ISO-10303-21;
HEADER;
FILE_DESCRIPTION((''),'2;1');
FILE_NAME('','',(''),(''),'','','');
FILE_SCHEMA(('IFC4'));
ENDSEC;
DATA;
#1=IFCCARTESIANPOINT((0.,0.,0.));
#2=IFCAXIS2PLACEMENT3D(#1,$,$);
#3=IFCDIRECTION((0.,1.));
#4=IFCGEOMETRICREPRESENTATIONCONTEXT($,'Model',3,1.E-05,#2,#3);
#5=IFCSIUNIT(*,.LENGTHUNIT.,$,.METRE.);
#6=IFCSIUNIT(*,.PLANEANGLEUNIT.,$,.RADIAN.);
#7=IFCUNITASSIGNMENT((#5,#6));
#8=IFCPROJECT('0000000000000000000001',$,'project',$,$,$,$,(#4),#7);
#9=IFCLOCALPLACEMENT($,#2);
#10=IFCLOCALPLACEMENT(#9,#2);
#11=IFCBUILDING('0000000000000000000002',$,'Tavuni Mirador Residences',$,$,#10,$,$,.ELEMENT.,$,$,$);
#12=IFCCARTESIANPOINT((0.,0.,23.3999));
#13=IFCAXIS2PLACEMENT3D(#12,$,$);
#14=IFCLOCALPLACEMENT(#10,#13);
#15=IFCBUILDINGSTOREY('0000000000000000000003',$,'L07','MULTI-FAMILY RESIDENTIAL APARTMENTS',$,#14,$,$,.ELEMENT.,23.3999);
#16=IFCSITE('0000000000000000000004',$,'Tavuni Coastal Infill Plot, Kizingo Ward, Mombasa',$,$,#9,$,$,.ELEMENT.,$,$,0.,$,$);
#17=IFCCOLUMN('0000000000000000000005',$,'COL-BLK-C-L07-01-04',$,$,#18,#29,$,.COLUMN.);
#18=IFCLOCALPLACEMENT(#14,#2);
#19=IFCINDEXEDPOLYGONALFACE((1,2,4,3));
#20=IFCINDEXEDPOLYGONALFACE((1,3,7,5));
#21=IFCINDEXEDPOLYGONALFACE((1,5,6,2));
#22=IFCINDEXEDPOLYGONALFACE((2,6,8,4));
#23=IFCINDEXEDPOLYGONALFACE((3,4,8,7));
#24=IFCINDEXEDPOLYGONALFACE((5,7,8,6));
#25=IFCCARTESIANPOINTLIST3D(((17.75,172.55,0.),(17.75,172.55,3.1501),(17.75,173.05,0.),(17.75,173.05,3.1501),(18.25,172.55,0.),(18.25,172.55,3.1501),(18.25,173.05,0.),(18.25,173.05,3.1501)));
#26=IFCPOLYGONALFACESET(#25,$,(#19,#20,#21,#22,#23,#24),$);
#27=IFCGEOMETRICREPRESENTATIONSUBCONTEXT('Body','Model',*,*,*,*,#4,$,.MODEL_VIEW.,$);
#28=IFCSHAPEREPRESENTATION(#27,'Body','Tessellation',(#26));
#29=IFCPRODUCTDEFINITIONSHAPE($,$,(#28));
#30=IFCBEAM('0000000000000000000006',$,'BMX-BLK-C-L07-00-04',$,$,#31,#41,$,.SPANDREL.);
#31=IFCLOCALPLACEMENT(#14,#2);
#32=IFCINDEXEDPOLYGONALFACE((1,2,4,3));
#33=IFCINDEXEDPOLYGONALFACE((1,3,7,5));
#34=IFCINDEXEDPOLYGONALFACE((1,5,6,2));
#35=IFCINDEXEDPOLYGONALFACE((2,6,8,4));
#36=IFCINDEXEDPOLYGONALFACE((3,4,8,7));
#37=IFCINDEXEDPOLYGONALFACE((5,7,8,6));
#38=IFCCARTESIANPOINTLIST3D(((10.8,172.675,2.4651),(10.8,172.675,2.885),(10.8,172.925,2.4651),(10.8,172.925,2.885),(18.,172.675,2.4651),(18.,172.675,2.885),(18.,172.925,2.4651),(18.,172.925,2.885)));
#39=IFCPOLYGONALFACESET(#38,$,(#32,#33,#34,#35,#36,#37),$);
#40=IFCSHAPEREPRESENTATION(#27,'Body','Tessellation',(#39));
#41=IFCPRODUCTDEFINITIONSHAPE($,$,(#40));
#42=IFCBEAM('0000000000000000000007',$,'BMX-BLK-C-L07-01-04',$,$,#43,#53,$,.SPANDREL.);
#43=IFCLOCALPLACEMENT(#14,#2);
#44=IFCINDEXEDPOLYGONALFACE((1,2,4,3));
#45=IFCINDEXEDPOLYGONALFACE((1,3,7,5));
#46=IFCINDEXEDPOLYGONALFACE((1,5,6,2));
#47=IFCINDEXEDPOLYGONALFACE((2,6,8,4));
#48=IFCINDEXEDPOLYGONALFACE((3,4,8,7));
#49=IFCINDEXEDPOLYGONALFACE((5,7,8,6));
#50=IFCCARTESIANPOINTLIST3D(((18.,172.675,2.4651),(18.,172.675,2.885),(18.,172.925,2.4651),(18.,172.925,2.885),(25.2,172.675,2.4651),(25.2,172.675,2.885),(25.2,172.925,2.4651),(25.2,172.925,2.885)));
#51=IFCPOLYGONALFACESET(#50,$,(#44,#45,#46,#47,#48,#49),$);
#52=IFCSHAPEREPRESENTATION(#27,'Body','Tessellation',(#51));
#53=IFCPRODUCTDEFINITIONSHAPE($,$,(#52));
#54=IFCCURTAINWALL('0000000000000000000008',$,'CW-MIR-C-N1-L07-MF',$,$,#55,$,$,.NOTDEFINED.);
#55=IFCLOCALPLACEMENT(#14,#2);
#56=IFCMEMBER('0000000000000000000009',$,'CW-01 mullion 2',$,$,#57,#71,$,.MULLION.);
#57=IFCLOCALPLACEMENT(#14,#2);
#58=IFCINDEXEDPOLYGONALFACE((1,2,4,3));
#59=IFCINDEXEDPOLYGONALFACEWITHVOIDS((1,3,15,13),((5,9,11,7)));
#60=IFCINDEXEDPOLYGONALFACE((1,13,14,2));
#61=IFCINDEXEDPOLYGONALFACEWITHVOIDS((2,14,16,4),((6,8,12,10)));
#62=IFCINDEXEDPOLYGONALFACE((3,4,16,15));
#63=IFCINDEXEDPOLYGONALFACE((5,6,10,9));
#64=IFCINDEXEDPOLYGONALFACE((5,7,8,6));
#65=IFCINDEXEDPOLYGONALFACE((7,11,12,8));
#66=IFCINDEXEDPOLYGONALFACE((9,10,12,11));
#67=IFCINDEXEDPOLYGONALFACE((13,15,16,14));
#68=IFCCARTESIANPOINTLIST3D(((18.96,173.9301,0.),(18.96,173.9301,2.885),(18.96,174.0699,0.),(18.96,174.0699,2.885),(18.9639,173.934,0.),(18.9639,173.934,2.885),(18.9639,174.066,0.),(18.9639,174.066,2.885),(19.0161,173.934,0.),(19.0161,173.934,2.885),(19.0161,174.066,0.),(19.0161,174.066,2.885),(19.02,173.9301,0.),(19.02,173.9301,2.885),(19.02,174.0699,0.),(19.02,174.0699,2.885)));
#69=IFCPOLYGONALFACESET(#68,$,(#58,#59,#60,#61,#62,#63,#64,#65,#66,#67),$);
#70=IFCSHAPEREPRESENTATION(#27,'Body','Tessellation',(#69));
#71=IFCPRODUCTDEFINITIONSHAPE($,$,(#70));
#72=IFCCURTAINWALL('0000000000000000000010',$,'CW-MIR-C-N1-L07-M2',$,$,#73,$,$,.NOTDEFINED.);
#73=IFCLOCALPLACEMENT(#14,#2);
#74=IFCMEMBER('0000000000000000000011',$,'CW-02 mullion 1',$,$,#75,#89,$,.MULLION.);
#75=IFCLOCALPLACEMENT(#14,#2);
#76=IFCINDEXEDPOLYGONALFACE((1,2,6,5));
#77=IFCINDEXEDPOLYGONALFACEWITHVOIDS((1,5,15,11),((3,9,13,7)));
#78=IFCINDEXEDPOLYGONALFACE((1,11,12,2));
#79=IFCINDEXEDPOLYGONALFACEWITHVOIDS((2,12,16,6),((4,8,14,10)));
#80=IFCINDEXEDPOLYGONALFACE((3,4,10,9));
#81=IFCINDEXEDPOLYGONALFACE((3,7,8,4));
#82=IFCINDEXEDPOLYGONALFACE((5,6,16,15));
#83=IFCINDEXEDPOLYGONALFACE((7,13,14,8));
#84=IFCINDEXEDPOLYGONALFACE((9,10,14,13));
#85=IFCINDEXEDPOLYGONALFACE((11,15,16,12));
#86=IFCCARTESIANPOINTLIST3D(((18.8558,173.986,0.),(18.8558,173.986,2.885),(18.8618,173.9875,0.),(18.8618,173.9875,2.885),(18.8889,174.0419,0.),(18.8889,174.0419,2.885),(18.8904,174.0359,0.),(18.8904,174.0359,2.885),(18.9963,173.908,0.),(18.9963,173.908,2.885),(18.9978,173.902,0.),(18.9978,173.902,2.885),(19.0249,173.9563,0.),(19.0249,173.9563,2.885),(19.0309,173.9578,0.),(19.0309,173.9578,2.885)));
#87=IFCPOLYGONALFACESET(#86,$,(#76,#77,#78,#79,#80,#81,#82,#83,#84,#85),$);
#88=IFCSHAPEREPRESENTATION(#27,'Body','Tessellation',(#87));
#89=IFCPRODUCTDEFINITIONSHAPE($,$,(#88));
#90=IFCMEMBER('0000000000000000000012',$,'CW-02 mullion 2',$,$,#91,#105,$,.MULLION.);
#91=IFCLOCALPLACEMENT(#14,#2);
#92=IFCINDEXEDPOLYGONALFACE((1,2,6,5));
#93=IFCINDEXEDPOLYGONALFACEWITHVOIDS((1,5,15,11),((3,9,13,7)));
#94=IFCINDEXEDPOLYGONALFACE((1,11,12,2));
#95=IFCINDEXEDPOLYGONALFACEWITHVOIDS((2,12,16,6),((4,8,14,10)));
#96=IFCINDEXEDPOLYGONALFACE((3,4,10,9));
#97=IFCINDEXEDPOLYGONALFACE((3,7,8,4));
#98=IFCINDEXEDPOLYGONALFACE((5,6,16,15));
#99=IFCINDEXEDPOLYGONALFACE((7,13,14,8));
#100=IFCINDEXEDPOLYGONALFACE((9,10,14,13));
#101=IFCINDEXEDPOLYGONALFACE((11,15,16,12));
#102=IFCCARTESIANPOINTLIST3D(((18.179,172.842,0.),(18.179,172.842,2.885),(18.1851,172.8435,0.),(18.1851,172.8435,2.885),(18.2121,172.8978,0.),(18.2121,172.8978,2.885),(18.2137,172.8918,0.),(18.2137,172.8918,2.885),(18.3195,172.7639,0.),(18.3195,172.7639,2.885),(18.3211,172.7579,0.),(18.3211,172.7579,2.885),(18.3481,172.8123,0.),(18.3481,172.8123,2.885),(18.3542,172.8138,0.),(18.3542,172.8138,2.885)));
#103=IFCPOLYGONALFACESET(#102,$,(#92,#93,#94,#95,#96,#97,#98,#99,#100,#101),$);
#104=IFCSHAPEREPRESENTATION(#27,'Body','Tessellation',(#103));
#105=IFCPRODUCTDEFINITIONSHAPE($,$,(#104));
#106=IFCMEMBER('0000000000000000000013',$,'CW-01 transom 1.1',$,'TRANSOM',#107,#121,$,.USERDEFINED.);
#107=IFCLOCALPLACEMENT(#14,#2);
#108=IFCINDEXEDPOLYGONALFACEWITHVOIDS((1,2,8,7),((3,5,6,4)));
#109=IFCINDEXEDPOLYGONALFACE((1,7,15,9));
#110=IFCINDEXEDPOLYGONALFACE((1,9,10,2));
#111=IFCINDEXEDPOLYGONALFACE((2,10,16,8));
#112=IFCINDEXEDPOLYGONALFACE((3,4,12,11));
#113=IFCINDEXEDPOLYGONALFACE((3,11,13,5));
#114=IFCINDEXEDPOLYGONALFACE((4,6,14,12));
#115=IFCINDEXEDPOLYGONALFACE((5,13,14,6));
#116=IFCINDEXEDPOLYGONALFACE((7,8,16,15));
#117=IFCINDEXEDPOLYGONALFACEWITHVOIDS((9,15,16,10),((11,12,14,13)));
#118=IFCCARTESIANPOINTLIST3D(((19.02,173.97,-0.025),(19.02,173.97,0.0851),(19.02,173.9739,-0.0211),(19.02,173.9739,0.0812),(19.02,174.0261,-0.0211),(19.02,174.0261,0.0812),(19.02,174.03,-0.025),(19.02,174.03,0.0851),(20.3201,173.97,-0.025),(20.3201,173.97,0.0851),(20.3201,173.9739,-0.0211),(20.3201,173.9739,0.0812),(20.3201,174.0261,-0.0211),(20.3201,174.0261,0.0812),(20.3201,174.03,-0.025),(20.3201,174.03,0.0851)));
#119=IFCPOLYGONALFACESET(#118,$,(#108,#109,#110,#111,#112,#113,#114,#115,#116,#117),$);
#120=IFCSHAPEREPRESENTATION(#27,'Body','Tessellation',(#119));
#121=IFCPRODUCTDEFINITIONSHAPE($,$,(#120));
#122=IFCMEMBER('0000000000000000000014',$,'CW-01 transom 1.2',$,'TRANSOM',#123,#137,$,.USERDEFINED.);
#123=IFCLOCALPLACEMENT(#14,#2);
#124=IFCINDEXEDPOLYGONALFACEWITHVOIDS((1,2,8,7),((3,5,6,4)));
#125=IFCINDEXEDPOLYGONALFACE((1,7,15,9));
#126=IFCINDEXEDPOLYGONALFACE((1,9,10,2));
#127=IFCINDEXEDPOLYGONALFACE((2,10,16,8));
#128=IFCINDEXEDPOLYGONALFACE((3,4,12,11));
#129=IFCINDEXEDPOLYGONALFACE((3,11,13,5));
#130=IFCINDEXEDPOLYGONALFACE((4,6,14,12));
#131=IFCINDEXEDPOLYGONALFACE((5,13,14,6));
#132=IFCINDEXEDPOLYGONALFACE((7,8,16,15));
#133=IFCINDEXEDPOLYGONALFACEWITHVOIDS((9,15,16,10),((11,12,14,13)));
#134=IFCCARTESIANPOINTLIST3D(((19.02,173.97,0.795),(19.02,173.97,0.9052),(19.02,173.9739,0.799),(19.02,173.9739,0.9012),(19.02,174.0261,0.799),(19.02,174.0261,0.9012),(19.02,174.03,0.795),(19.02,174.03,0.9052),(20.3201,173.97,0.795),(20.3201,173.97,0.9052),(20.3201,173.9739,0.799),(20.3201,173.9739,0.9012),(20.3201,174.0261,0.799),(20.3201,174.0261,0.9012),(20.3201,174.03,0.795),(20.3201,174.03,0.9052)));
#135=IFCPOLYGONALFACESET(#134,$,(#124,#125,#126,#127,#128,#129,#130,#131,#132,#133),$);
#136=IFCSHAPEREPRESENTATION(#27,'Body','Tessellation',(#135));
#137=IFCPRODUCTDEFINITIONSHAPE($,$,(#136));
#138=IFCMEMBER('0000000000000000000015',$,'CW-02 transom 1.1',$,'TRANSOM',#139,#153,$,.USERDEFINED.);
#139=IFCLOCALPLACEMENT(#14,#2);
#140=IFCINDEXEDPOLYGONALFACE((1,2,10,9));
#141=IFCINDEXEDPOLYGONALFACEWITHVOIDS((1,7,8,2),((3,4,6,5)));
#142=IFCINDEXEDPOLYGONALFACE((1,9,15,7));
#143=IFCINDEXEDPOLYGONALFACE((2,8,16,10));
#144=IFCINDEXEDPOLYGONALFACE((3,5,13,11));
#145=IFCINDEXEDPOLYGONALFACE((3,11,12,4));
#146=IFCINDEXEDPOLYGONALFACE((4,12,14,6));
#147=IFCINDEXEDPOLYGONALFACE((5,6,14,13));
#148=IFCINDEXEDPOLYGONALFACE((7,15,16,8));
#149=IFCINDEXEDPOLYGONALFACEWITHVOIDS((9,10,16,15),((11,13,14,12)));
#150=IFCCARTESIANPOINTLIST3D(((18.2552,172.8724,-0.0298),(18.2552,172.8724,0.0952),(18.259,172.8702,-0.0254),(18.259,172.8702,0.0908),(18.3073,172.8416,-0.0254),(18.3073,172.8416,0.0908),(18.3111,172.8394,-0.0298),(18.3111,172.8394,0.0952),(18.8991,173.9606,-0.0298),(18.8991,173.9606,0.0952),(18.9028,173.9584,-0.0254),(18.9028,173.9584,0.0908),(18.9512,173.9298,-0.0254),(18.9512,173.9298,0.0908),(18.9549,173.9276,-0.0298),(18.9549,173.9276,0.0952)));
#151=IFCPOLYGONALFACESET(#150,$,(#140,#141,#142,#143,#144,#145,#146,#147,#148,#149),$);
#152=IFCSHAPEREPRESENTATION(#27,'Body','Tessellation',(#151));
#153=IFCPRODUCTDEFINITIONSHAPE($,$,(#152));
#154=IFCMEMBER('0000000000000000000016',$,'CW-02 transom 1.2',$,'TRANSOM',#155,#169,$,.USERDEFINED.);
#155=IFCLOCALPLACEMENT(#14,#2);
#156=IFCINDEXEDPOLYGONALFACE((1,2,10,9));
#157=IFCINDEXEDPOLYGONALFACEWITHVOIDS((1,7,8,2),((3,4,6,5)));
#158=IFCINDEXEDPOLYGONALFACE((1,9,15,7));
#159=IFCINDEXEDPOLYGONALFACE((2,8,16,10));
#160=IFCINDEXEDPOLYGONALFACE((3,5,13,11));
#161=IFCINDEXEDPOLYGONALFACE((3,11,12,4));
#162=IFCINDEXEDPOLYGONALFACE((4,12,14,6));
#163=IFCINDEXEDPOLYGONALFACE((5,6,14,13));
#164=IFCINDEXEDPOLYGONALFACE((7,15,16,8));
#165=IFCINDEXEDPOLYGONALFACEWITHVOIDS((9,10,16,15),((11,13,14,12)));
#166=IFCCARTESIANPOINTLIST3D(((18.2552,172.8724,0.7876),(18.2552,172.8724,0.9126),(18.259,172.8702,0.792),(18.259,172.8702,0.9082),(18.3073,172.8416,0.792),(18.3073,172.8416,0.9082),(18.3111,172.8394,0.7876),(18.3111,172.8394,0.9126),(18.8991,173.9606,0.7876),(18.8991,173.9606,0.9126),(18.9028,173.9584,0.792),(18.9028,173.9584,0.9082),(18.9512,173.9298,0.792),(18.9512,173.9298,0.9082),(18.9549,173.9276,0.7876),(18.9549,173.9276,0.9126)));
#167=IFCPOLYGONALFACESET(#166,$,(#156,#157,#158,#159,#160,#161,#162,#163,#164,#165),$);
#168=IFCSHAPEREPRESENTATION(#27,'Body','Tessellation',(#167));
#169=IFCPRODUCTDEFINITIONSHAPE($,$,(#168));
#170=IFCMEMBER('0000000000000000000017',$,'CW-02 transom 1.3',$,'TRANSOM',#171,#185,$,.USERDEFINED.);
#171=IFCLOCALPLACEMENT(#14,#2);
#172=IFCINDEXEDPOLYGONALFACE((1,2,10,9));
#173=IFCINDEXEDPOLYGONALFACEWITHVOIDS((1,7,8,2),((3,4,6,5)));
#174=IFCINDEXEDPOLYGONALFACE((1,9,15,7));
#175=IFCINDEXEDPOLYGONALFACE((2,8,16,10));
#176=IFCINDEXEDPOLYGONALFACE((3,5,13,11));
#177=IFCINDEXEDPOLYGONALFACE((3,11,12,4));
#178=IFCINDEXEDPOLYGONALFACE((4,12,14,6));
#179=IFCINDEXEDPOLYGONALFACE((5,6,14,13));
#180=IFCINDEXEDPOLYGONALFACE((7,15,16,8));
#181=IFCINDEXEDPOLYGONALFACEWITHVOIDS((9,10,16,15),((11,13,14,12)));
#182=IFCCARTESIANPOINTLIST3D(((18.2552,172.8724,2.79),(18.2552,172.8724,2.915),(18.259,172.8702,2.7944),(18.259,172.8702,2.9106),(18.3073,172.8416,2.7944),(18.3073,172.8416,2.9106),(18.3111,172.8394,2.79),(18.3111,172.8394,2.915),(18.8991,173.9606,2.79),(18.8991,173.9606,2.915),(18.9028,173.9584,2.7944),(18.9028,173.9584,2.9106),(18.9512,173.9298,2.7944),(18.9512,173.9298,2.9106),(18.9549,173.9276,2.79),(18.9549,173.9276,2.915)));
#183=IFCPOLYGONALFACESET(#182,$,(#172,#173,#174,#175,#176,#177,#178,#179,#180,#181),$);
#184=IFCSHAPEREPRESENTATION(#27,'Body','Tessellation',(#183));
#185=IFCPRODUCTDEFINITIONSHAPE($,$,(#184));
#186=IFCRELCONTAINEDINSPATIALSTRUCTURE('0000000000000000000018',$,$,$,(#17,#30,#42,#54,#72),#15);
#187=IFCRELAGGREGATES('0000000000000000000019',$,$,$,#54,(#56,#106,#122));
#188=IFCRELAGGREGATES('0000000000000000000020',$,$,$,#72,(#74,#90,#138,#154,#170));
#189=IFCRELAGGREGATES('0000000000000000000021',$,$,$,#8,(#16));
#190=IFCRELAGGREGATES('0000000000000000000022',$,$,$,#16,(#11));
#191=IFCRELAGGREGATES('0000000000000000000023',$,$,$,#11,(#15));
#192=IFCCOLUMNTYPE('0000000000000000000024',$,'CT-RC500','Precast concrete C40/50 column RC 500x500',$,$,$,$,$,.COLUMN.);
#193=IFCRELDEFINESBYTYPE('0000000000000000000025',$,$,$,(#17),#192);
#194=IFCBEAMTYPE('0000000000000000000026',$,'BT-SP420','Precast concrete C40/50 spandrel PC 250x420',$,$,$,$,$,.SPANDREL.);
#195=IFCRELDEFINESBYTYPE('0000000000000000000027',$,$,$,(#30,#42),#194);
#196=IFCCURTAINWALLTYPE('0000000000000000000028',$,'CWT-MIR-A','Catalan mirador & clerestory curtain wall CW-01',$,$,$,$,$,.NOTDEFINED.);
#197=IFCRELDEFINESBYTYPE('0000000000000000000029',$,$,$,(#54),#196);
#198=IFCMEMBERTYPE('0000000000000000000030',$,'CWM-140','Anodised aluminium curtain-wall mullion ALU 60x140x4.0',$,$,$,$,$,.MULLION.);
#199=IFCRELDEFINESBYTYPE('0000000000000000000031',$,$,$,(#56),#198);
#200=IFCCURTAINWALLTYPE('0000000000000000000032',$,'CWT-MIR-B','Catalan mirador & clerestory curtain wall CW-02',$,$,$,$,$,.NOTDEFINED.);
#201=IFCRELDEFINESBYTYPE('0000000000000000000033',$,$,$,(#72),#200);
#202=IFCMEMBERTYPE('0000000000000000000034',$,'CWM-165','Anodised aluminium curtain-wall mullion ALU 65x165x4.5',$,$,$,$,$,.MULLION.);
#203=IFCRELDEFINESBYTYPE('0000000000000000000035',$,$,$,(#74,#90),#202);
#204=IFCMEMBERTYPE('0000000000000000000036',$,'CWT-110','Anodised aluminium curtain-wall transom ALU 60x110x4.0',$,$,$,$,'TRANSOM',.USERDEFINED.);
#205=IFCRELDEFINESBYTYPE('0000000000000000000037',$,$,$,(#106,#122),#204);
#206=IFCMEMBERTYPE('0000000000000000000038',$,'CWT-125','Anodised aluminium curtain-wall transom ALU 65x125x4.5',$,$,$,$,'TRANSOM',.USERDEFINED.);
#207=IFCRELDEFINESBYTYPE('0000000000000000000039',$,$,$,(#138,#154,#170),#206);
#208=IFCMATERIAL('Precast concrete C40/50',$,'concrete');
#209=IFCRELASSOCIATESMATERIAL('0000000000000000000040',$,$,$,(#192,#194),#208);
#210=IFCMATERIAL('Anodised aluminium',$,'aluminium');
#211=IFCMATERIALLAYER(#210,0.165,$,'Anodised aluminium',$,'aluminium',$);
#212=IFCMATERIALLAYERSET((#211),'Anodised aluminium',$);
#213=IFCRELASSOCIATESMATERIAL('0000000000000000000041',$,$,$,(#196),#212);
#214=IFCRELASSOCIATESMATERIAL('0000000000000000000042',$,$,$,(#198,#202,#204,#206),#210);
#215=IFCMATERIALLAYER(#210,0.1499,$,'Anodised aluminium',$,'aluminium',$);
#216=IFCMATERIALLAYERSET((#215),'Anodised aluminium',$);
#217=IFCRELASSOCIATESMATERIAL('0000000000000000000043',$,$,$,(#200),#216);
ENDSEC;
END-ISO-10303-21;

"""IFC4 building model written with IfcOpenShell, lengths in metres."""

from ifc_helpers import new_model, si_unit, direction, frame, origin, origin_2d, place, context, subcontext, project, spatial, rectangle, hollow_rectangle, extrude, material, layer, layer_set, material_profile, profile_set, type_object, element, aggregate, save


model = new_model("IFC4")

# Units and contexts
model_context = context("Model", 3, precision=1e-05, world=origin(), true_north=direction((0.0, 1.0)))
body_context = subcontext(model_context, "Body", "Model", "MODEL_VIEW")
ifc_project = project(units=[si_unit("LENGTHUNIT", "METRE"), si_unit("PLANEANGLEUNIT", "RADIAN")], contexts=[model_context])

# Site, building, storey
site_placement = place(None, origin())
site = spatial("IfcSite", under=ifc_project, at=site_placement, Name="Tavuni Coastal Infill Plot, Kizingo Ward, Mombasa", CompositionType="ELEMENT", RefElevation=0.0)
building_placement = place(site_placement, origin())
building = spatial("IfcBuilding", under=site, at=building_placement, Name="Tavuni Mirador Residences", CompositionType="ELEMENT")
storey_placement = place(building_placement, frame((0.0, 0.0, 23.3999)))
storey = spatial("IfcBuildingStorey", under=building, at=storey_placement, Name="L07", Description="MULTI-FAMILY RESIDENTIAL APARTMENTS", CompositionType="ELEMENT", Elevation=23.3999)

# Column
ifc_material_1 = material(Name="Precast concrete C40/50", Category="concrete")
ifc_material_profile_1 = material_profile(ifc_material_1, rectangle(XDim=0.5, YDim=0.5, at=origin_2d()), Name="RC 500x500", Category="concrete")
ifc_profile_set_1 = profile_set([ifc_material_profile_1], Name="Precast concrete C40/50")
column_type = type_object("IfcColumnType", Name="CT-RC500", Description="Precast concrete C40/50 column RC 500x500", PredefinedType="COLUMN", material=ifc_profile_set_1)
column_placement = place(storey_placement, frame((18.0, 172.8, 0.0), z_axis=(0.0, 0.0, 1.0), x_axis=(1.0, 0.0, 0.0)))
element("IfcColumn", 1, at=column_placement, inside=storey, type_object=column_type, Name="COL-BLK-C-L07-01-04", PredefinedType="COLUMN", context=body_context, shape_type="SweptSolid", body=[
    extrude(rectangle(XDim=0.5, YDim=0.5, at=origin_2d()), origin(), (0.0, 0.0, 1.0), 3.1501),
])

# Beams
ifc_material_profile_2 = material_profile(ifc_material_1, rectangle(XDim=0.25, YDim=0.4199, at=origin_2d()), Name="PC 250x420", Category="concrete")
ifc_profile_set_2 = profile_set([ifc_material_profile_2], Name="Precast concrete C40/50")
beam_type = type_object("IfcBeamType", Name="BT-SP420", Description="Precast concrete C40/50 spandrel PC 250x420", PredefinedType="SPANDREL", material=ifc_profile_set_2)
for number, where, z_axis, x_axis, name in (
    (2, (10.8, 172.8, 2.675), (1.0, 0.0, 0.0), (0.0, 1.0, 0.0), "BMX-BLK-C-L07-00-04"),
    (3, (18.0, 172.8, 2.675), (1.0, 0.0, 0.0), (0.0, 1.0, 0.0), "BMX-BLK-C-L07-01-04"),
):
    element("IfcBeam", number, at=place(storey_placement, frame(where, z_axis=z_axis, x_axis=x_axis)), inside=storey, type_object=beam_type, Name=name, PredefinedType="SPANDREL", context=body_context, shape_type="SweptSolid", body=[
        extrude(rectangle(XDim=0.25, YDim=0.4199, at=origin_2d()), origin(), (0.0, 0.0, 1.0), 7.2),
    ])

# Curtain wall, member
ifc_material_2 = material(Name="Anodised aluminium", Category="aluminium")
ifc_layer_1 = layer(ifc_material_2, 0.165, Name="Anodised aluminium", Category="aluminium")
ifc_layer_set_1 = layer_set([ifc_layer_1], Name="Anodised aluminium")
curtain_wall_type_1 = type_object("IfcCurtainWallType", Name="CWT-MIR-A", Description="Catalan mirador & clerestory curtain wall CW-01", PredefinedType="NOTDEFINED", material=ifc_layer_set_1)
curtain_wall_1_placement = place(storey_placement, origin())
curtain_wall_1 = element("IfcCurtainWall", 4, at=curtain_wall_1_placement, inside=storey, type_object=curtain_wall_type_1, Name="CW-MIR-C-N1-L07-MF", PredefinedType="NOTDEFINED")
ifc_material_profile_3 = material_profile(ifc_material_2, hollow_rectangle(XDim=0.0601, YDim=0.1399, WallThickness=0.0039, at=origin_2d()), Name="ALU 60x140x4.0", Category="aluminium")
ifc_profile_set_3 = profile_set([ifc_material_profile_3], Name="Anodised aluminium")
member_type_1 = type_object("IfcMemberType", Name="CWM-140", Description="Anodised aluminium curtain-wall mullion ALU 60x140x4.0", PredefinedType="MULLION", material=ifc_profile_set_3)
member_1_placement = place(storey_placement, frame((18.99, 174.0, 0.0), z_axis=(0.0, 0.0, 1.0), x_axis=(-1.0, 0.0, 0.0)))
member_1 = element("IfcMember", 5, at=member_1_placement, type_object=member_type_1, Name="CW-01 mullion 2", PredefinedType="MULLION", context=body_context, shape_type="SweptSolid", body=[
    extrude(hollow_rectangle(XDim=0.0601, YDim=0.1399, WallThickness=0.0039, at=origin_2d()), origin(), (0.0, 0.0, 1.0), 2.885),
])

# Curtain wall, members
ifc_layer_2 = layer(ifc_material_2, 0.1499, Name="Anodised aluminium", Category="aluminium")
ifc_layer_set_2 = layer_set([ifc_layer_2], Name="Anodised aluminium")
curtain_wall_type_2 = type_object("IfcCurtainWallType", Name="CWT-MIR-B", Description="Catalan mirador & clerestory curtain wall CW-02", PredefinedType="NOTDEFINED", material=ifc_layer_set_2)
curtain_wall_2_placement = place(storey_placement, origin())
curtain_wall_2 = element("IfcCurtainWall", 6, at=curtain_wall_2_placement, inside=storey, type_object=curtain_wall_type_2, Name="CW-MIR-C-N1-L07-M2", PredefinedType="NOTDEFINED")
ifc_material_profile_4 = material_profile(ifc_material_2, hollow_rectangle(XDim=0.0649, YDim=0.165, WallThickness=0.0044, at=origin_2d()), Name="ALU 65x165x4.5", Category="aluminium")
ifc_profile_set_4 = profile_set([ifc_material_profile_4], Name="Anodised aluminium")
member_type_2 = type_object("IfcMemberType", Name="CWM-165", Description="Anodised aluminium curtain-wall mullion ALU 65x165x4.5", PredefinedType="MULLION", material=ifc_profile_set_4)
member_2_placement = place(storey_placement, frame((18.9434, 173.9719, 0.0), z_axis=(0.0, 0.0, 1.0), x_axis=(-0.509212, -0.860641, 0.0)))
member_2 = element("IfcMember", 7, at=member_2_placement, type_object=member_type_2, Name="CW-02 mullion 1", PredefinedType="MULLION", context=body_context, shape_type="SweptSolid", body=[
    extrude(hollow_rectangle(XDim=0.0649, YDim=0.165, WallThickness=0.0044, at=origin_2d()), origin(), (0.0, 0.0, 1.0), 2.885),
])
member_3_placement = place(storey_placement, frame((18.2666, 172.8279, 0.0), z_axis=(0.0, 0.0, 1.0), x_axis=(-0.509212, -0.860641, 0.0)))
member_3 = element("IfcMember", 8, at=member_3_placement, type_object=member_type_2, Name="CW-02 mullion 2", PredefinedType="MULLION", context=body_context, shape_type="SweptSolid", body=[
    extrude(hollow_rectangle(XDim=0.0649, YDim=0.165, WallThickness=0.0044, at=origin_2d()), origin(), (0.0, 0.0, 1.0), 2.885),
])

# Members
ifc_material_profile_5 = material_profile(ifc_material_2, hollow_rectangle(XDim=0.0601, YDim=0.1101, WallThickness=0.0039, at=origin_2d()), Name="ALU 60x110x4.0", Category="aluminium")
ifc_profile_set_5 = profile_set([ifc_material_profile_5], Name="Anodised aluminium")
member_type_3 = type_object("IfcMemberType", Name="CWT-110", Description="Anodised aluminium curtain-wall transom ALU 60x110x4.0", ElementType="TRANSOM", PredefinedType="USERDEFINED", material=ifc_profile_set_5)
member_4_placement = place(storey_placement, frame((20.3201, 174.0, 0.03), z_axis=(-1.0, 0.0, 0.0), x_axis=(0.0, -1.0, 0.0)))
member_4 = element("IfcMember", 9, at=member_4_placement, type_object=member_type_3, Name="CW-01 transom 1.1", ObjectType="TRANSOM", PredefinedType="USERDEFINED", context=body_context, shape_type="SweptSolid", body=[
    extrude(hollow_rectangle(XDim=0.0601, YDim=0.1101, WallThickness=0.0039, at=origin_2d()), origin(), (0.0, 0.0, 1.0), 1.3),
])
member_5_placement = place(storey_placement, frame((20.3201, 174.0, 0.8501), z_axis=(-1.0, 0.0, 0.0), x_axis=(0.0, -1.0, 0.0)))
member_5 = element("IfcMember", 10, at=member_5_placement, type_object=member_type_3, Name="CW-01 transom 1.2", ObjectType="TRANSOM", PredefinedType="USERDEFINED", context=body_context, shape_type="SweptSolid", body=[
    extrude(hollow_rectangle(XDim=0.0601, YDim=0.1101, WallThickness=0.0039, at=origin_2d()), origin(), (0.0, 0.0, 1.0), 1.3),
])
ifc_material_profile_6 = material_profile(ifc_material_2, hollow_rectangle(XDim=0.0649, YDim=0.125, WallThickness=0.0044, at=origin_2d()), Name="ALU 65x125x4.5", Category="aluminium")
ifc_profile_set_6 = profile_set([ifc_material_profile_6], Name="Anodised aluminium")
member_type_4 = type_object("IfcMemberType", Name="CWT-125", Description="Anodised aluminium curtain-wall transom ALU 65x125x4.5", ElementType="TRANSOM", PredefinedType="USERDEFINED", material=ifc_profile_set_6)
member_6_placement = place(storey_placement, frame((18.927, 173.9441, 0.0327), z_axis=(-0.509204, -0.860646, 0.0), x_axis=(0.860646, -0.509204, 0.0)))
member_6 = element("IfcMember", 11, at=member_6_placement, type_object=member_type_4, Name="CW-02 transom 1.1", ObjectType="TRANSOM", PredefinedType="USERDEFINED", context=body_context, shape_type="SweptSolid", body=[
    extrude(hollow_rectangle(XDim=0.0649, YDim=0.125, WallThickness=0.0044, at=origin_2d()), origin(), (0.0, 0.0, 1.0), 1.2644),
])
member_7_placement = place(storey_placement, frame((18.927, 173.9441, 0.8501), z_axis=(-0.509204, -0.860646, 0.0), x_axis=(0.860646, -0.509204, 0.0)))
member_7 = element("IfcMember", 12, at=member_7_placement, type_object=member_type_4, Name="CW-02 transom 1.2", ObjectType="TRANSOM", PredefinedType="USERDEFINED", context=body_context, shape_type="SweptSolid", body=[
    extrude(hollow_rectangle(XDim=0.0649, YDim=0.125, WallThickness=0.0044, at=origin_2d()), origin(), (0.0, 0.0, 1.0), 1.2644),
])
member_8_placement = place(storey_placement, frame((18.927, 173.9441, 2.8525), z_axis=(-0.509204, -0.860646, 0.0), x_axis=(0.860646, -0.509204, 0.0)))
member_8 = element("IfcMember", 13, at=member_8_placement, type_object=member_type_4, Name="CW-02 transom 1.3", ObjectType="TRANSOM", PredefinedType="USERDEFINED", context=body_context, shape_type="SweptSolid", body=[
    extrude(hollow_rectangle(XDim=0.0649, YDim=0.125, WallThickness=0.0044, at=origin_2d()), origin(), (0.0, 0.0, 1.0), 1.2644),
])

aggregate(curtain_wall_1, [member_1, member_4, member_5])
aggregate(curtain_wall_2, [member_2, member_3, member_6, member_7, member_8])

save(model, "model.ifc")
